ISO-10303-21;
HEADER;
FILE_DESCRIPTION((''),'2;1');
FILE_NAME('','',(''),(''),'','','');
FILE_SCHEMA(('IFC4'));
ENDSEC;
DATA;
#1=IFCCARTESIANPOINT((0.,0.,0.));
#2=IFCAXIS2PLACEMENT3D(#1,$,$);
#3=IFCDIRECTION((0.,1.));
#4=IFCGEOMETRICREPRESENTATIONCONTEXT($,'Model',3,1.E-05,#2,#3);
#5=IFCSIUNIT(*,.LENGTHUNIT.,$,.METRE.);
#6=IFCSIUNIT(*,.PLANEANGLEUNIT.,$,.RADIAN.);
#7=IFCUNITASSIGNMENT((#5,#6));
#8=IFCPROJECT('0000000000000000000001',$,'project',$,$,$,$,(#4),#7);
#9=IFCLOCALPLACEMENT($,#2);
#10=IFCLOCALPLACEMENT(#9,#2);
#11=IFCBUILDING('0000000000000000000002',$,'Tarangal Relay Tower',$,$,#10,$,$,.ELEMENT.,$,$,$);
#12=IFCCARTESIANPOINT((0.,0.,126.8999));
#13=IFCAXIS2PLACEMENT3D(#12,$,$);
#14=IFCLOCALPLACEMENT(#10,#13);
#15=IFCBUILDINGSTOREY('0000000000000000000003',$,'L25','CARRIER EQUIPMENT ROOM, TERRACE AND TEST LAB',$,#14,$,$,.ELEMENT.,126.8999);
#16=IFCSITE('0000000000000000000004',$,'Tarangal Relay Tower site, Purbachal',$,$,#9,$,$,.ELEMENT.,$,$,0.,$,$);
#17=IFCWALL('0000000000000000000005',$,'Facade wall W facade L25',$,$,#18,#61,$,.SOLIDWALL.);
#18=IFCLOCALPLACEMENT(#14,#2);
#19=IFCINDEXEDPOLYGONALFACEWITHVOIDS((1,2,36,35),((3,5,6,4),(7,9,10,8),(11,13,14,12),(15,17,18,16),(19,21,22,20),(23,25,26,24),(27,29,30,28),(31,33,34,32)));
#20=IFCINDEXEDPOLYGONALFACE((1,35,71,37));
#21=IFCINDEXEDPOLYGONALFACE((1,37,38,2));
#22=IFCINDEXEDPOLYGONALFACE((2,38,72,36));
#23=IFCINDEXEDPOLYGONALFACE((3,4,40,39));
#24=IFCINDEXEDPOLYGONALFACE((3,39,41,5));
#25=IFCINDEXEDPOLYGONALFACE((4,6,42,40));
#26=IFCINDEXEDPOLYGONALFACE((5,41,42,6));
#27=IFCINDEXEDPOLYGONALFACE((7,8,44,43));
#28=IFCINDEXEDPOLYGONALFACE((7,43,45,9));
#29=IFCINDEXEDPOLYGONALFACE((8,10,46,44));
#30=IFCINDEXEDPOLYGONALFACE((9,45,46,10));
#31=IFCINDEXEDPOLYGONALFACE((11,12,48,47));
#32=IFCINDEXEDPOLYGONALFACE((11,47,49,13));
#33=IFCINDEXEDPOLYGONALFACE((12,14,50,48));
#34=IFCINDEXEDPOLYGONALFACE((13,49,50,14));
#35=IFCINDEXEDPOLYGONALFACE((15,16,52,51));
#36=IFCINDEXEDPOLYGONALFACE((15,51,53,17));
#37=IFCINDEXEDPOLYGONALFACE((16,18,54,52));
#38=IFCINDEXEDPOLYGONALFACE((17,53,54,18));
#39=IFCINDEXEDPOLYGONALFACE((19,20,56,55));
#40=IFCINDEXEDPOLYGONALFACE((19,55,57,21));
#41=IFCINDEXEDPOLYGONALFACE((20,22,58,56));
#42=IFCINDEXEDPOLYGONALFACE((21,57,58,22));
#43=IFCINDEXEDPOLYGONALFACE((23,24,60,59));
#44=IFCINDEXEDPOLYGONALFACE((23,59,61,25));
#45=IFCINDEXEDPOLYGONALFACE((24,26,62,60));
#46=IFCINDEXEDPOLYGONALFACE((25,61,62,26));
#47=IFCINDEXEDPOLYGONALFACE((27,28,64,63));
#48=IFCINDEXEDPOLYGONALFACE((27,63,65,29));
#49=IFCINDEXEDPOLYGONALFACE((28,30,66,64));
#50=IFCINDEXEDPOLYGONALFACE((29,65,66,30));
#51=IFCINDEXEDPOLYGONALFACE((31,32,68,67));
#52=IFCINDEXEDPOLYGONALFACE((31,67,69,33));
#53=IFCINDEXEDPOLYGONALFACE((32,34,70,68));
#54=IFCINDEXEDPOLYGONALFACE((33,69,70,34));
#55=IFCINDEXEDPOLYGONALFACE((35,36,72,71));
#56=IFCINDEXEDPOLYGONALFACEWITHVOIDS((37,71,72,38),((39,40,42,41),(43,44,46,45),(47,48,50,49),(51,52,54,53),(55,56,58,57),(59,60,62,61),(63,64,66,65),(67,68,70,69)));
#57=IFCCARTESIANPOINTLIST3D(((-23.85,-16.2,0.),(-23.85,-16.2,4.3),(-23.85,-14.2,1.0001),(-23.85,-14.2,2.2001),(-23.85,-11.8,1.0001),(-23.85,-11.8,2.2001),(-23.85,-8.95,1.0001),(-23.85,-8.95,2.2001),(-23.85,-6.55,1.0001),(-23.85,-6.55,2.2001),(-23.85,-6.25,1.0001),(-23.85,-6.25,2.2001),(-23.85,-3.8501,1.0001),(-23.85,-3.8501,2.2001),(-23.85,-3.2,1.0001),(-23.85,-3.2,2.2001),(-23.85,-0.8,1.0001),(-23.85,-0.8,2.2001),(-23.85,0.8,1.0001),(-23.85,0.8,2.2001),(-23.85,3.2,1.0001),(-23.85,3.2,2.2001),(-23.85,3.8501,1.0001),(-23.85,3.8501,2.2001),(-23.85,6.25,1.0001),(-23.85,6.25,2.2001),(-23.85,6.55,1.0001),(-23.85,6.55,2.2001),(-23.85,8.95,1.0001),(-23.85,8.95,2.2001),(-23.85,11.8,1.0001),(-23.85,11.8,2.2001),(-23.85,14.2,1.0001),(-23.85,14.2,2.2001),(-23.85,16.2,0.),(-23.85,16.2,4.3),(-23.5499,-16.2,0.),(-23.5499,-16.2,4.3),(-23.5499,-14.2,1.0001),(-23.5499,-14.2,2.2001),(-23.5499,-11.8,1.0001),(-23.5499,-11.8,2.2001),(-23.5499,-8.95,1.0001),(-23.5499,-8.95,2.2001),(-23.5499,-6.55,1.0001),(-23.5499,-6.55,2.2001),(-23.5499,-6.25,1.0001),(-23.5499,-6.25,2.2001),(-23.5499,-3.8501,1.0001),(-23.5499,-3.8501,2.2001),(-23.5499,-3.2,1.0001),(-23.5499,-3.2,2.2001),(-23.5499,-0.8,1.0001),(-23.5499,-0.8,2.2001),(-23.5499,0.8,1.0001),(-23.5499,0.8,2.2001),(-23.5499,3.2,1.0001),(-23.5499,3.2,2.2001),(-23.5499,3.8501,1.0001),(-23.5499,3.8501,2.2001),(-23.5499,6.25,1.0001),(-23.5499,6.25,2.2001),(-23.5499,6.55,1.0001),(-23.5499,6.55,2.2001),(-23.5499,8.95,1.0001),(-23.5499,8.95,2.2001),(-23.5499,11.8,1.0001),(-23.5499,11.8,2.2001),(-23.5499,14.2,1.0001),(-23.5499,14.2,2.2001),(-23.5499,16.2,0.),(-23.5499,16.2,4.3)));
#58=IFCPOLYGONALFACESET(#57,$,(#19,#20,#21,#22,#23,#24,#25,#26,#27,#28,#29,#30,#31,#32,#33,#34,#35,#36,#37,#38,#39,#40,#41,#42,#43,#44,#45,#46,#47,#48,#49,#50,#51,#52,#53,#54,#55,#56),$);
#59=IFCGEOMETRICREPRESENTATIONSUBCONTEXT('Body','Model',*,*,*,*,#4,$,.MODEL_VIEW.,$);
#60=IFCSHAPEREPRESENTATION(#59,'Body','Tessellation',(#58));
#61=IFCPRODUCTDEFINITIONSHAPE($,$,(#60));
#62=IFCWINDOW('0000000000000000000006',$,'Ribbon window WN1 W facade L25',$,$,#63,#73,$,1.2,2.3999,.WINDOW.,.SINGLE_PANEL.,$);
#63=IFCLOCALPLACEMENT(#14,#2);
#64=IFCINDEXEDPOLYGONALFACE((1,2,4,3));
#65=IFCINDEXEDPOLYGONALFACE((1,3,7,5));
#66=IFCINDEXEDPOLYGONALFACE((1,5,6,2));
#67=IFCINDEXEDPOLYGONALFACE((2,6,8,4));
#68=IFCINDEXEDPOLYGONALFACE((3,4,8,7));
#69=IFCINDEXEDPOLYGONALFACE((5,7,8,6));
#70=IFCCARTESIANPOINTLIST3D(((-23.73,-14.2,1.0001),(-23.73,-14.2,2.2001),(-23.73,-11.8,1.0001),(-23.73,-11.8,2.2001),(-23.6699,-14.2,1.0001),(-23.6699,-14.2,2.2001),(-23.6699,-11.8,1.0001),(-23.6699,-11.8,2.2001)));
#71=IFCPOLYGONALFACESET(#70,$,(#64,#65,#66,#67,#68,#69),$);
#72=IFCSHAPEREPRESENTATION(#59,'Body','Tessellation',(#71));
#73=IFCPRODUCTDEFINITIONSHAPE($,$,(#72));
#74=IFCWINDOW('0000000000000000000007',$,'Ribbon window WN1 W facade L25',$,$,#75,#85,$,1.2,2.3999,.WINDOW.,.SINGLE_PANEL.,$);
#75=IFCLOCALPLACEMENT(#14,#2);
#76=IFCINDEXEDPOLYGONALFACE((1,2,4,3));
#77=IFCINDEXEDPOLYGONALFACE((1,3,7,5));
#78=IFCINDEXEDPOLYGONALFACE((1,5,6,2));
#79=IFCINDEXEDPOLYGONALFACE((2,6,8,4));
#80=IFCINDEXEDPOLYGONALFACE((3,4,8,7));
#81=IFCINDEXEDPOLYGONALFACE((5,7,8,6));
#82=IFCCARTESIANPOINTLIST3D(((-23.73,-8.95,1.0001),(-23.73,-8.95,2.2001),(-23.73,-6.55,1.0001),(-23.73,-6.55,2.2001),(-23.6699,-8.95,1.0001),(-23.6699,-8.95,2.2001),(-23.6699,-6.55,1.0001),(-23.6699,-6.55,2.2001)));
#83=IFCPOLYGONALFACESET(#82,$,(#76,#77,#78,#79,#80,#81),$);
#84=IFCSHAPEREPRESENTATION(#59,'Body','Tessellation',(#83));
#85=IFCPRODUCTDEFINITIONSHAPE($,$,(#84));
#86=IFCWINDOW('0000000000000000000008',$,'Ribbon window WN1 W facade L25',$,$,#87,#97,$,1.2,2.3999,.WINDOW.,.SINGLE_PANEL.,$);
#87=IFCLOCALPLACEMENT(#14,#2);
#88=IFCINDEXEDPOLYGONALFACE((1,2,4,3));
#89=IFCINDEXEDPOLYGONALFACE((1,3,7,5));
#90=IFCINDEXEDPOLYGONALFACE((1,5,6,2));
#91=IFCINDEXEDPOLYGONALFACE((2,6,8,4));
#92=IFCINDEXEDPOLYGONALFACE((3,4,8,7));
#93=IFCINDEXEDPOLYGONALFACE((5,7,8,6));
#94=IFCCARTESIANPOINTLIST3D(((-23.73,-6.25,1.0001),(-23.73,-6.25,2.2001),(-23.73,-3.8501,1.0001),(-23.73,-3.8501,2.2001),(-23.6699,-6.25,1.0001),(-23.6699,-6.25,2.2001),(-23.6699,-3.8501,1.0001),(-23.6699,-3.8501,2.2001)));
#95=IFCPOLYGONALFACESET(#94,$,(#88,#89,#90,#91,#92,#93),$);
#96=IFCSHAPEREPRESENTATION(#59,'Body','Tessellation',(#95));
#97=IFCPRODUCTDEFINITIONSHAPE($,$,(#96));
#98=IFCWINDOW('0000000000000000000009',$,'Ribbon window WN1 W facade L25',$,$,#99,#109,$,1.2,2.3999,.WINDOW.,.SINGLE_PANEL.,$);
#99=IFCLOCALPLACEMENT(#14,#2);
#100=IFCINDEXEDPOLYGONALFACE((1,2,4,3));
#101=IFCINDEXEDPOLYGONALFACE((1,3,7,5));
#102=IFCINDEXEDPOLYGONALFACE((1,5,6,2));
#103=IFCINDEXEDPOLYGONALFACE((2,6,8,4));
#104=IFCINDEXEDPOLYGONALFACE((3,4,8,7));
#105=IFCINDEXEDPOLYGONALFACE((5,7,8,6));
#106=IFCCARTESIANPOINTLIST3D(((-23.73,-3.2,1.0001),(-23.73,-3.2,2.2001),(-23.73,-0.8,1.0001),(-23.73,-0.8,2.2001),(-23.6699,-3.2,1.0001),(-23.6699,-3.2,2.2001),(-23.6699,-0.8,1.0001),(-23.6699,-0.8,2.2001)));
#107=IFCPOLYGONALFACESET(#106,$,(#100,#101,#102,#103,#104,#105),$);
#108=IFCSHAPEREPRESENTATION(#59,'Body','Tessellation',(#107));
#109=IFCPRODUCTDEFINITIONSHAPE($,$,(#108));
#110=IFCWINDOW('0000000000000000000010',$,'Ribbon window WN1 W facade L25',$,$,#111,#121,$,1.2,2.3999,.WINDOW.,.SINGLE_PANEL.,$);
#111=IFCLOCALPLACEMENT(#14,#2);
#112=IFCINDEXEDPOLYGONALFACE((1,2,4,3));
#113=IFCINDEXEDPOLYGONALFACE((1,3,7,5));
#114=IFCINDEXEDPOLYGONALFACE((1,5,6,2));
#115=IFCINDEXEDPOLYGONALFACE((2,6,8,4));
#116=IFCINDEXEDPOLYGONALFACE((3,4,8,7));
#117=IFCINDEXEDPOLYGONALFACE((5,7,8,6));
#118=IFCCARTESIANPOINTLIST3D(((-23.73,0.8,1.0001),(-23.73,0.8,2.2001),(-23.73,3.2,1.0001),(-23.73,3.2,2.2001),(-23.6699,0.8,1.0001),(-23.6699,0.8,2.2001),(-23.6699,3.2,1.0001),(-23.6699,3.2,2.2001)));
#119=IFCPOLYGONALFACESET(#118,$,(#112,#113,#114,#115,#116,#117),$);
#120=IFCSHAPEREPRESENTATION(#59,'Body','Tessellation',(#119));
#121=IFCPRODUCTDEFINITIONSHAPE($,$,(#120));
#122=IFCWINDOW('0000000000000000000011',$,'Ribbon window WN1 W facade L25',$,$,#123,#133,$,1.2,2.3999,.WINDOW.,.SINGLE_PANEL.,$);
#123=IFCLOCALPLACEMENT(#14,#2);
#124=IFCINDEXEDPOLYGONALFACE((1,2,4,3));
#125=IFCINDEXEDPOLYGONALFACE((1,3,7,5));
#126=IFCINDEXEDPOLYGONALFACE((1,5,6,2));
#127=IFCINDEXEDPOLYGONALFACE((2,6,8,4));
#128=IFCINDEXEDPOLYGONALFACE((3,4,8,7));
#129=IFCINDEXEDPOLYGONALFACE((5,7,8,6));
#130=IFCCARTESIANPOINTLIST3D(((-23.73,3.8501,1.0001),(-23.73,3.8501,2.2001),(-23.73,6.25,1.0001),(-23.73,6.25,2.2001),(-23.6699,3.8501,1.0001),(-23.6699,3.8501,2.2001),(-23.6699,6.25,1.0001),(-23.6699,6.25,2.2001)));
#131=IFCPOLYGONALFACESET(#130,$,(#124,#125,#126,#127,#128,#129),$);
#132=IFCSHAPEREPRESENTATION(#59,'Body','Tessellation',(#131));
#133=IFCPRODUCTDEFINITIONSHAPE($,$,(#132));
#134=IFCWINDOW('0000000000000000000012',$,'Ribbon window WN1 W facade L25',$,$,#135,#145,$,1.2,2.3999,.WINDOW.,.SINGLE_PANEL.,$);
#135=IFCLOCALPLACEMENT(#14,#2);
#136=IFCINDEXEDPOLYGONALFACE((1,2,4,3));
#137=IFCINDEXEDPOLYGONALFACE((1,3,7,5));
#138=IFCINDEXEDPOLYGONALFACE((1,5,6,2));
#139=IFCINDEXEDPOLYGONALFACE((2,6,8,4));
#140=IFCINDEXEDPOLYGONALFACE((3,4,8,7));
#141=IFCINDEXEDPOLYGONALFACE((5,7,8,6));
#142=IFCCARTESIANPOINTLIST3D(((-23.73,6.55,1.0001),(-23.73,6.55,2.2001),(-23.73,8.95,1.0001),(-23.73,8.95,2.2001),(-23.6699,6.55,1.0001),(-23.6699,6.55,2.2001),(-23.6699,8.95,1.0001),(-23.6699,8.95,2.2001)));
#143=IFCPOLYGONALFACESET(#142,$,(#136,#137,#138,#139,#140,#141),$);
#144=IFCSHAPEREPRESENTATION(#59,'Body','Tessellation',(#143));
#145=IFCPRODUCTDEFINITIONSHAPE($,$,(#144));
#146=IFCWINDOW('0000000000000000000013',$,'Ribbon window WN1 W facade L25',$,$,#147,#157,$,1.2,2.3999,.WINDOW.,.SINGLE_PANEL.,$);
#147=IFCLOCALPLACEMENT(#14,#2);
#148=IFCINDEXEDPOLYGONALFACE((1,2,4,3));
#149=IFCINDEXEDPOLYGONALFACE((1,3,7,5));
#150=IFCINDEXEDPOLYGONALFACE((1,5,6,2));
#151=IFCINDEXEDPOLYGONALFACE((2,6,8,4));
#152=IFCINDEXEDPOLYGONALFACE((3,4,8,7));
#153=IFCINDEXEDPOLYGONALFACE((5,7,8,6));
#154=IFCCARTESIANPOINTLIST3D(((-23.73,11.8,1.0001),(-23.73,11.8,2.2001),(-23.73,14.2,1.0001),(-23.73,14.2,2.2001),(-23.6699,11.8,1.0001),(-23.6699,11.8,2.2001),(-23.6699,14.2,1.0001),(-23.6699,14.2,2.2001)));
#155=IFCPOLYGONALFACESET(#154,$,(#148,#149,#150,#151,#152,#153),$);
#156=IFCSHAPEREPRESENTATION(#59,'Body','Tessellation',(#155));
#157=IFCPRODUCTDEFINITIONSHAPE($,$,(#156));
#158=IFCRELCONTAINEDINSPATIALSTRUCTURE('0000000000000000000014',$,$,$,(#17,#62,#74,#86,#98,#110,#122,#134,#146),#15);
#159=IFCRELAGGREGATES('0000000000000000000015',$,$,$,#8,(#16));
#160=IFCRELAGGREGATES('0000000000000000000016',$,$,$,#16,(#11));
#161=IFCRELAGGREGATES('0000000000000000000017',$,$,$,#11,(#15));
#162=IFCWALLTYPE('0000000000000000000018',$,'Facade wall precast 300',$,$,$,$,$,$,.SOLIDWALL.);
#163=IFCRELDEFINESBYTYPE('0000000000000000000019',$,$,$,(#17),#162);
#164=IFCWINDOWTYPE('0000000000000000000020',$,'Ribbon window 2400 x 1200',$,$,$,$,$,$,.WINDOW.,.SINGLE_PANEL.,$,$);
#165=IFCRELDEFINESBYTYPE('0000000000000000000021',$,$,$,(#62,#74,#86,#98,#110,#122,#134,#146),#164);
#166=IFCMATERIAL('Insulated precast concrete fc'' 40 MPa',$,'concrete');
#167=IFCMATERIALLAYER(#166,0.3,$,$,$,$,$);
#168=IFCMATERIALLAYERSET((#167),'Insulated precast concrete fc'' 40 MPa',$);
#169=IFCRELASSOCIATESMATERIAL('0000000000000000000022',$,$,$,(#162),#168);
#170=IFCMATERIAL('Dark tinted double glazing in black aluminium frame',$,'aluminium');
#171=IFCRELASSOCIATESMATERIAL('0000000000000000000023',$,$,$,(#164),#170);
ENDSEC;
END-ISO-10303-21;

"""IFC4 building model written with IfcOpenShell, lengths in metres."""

from ifc_helpers import new_model, si_unit, direction, frame, frame_2d, origin, place, context, subcontext, project, spatial, rectangle, extrude, material, layer, layer_set, type_object, element, fill, save


model = new_model("IFC4")

# Units and contexts
model_context = context("Model", 3, precision=1e-05, world=origin(), true_north=direction((0.0, 1.0)))
body_context = subcontext(model_context, "Body", "Model", "MODEL_VIEW")
ifc_project = project(units=[si_unit("LENGTHUNIT", "METRE"), si_unit("PLANEANGLEUNIT", "RADIAN")], contexts=[model_context])

# Site, building, storey
site_placement = place(None, origin())
site = spatial("IfcSite", under=ifc_project, at=site_placement, Name="Tarangal Relay Tower site, Purbachal", CompositionType="ELEMENT", RefElevation=0.0)
building_placement = place(site_placement, origin())
building = spatial("IfcBuilding", under=site, at=building_placement, Name="Tarangal Relay Tower", CompositionType="ELEMENT")
storey_placement = place(building_placement, frame((0.0, 0.0, 126.8999)))
storey = spatial("IfcBuildingStorey", under=building, at=storey_placement, Name="L25", Description="CARRIER EQUIPMENT ROOM, TERRACE AND TEST LAB", CompositionType="ELEMENT", Elevation=126.8999)

# Shared definitions
ifc_material_1 = material(Name="Insulated precast concrete fc' 40 MPa", Category="concrete")
ifc_layer = layer(ifc_material_1, 0.3)
ifc_layer_set = layer_set([ifc_layer], Name="Insulated precast concrete fc' 40 MPa")
wall_type = type_object("IfcWallType", Name="Facade wall precast 300", PredefinedType="SOLIDWALL", material=ifc_layer_set)

# Wall, openings, windows
wall_placement = place(storey_placement, frame((-23.7, -16.2, 0.0), z_axis=(0.0, 0.0, 1.0), x_axis=(0.0, 1.0, 0.0)))
wall = element("IfcWall", 1, at=wall_placement, inside=storey, type_object=wall_type, Name="Facade wall W facade L25", PredefinedType="SOLIDWALL", context=body_context, shape_type="SweptSolid", body=[
    extrude(rectangle(XDim=32.3999, YDim=0.3, at=frame_2d((16.2, 0.0))), origin(), (0.0, 0.0, 1.0), 4.3),
])
opening_1_placement = place(wall_placement, frame((2.0, 0.0, 1.0)))
opening_1 = element("IfcOpeningElement", 2, at=opening_1_placement, cuts=wall, PredefinedType="OPENING", context=body_context, shape_type="SweptSolid", body=[
    extrude(rectangle(XDim=2.3999, YDim=1.2, at=frame_2d((1.2, 0.6001))), frame((0.0, 0.1599, 0.0), z_axis=(0.0, -1.0, 0.0), x_axis=(1.0, 0.0, 0.0)), (0.0, 0.0, 1.0), 0.3201),
])
opening_2_placement = place(wall_placement, frame((7.25, 0.0, 1.0)))
opening_2 = element("IfcOpeningElement", 3, at=opening_2_placement, cuts=wall, PredefinedType="OPENING", context=body_context, shape_type="SweptSolid", body=[
    extrude(rectangle(XDim=2.3999, YDim=1.2, at=frame_2d((1.2, 0.6001))), frame((0.0, 0.1599, 0.0), z_axis=(0.0, -1.0, 0.0), x_axis=(1.0, 0.0, 0.0)), (0.0, 0.0, 1.0), 0.3201),
])
opening_3_placement = place(wall_placement, frame((9.95, 0.0, 1.0)))
opening_3 = element("IfcOpeningElement", 4, at=opening_3_placement, cuts=wall, PredefinedType="OPENING", context=body_context, shape_type="SweptSolid", body=[
    extrude(rectangle(XDim=2.3999, YDim=1.2, at=frame_2d((1.2, 0.6001))), frame((0.0, 0.1599, 0.0), z_axis=(0.0, -1.0, 0.0), x_axis=(1.0, 0.0, 0.0)), (0.0, 0.0, 1.0), 0.3201),
])
opening_4_placement = place(wall_placement, frame((13.0, 0.0, 1.0)))
opening_4 = element("IfcOpeningElement", 5, at=opening_4_placement, cuts=wall, PredefinedType="OPENING", context=body_context, shape_type="SweptSolid", body=[
    extrude(rectangle(XDim=2.3999, YDim=1.2, at=frame_2d((1.2, 0.6001))), frame((0.0, 0.1599, 0.0), z_axis=(0.0, -1.0, 0.0), x_axis=(1.0, 0.0, 0.0)), (0.0, 0.0, 1.0), 0.3201),
])
opening_5_placement = place(wall_placement, frame((17.0, 0.0, 1.0)))
opening_5 = element("IfcOpeningElement", 6, at=opening_5_placement, cuts=wall, PredefinedType="OPENING", context=body_context, shape_type="SweptSolid", body=[
    extrude(rectangle(XDim=2.3999, YDim=1.2, at=frame_2d((1.2, 0.6001))), frame((0.0, 0.1599, 0.0), z_axis=(0.0, -1.0, 0.0), x_axis=(1.0, 0.0, 0.0)), (0.0, 0.0, 1.0), 0.3201),
])
opening_6_placement = place(wall_placement, frame((20.05, 0.0, 1.0)))
opening_6 = element("IfcOpeningElement", 7, at=opening_6_placement, cuts=wall, PredefinedType="OPENING", context=body_context, shape_type="SweptSolid", body=[
    extrude(rectangle(XDim=2.3999, YDim=1.2, at=frame_2d((1.2, 0.6001))), frame((0.0, 0.1599, 0.0), z_axis=(0.0, -1.0, 0.0), x_axis=(1.0, 0.0, 0.0)), (0.0, 0.0, 1.0), 0.3201),
])
opening_7_placement = place(wall_placement, frame((22.75, 0.0, 1.0)))
opening_7 = element("IfcOpeningElement", 8, at=opening_7_placement, cuts=wall, PredefinedType="OPENING", context=body_context, shape_type="SweptSolid", body=[
    extrude(rectangle(XDim=2.3999, YDim=1.2, at=frame_2d((1.2, 0.6001))), frame((0.0, 0.1599, 0.0), z_axis=(0.0, -1.0, 0.0), x_axis=(1.0, 0.0, 0.0)), (0.0, 0.0, 1.0), 0.3201),
])
opening_8_placement = place(wall_placement, frame((28.0, 0.0, 1.0)))
opening_8 = element("IfcOpeningElement", 9, at=opening_8_placement, cuts=wall, PredefinedType="OPENING", context=body_context, shape_type="SweptSolid", body=[
    extrude(rectangle(XDim=2.3999, YDim=1.2, at=frame_2d((1.2, 0.6001))), frame((0.0, 0.1599, 0.0), z_axis=(0.0, -1.0, 0.0), x_axis=(1.0, 0.0, 0.0)), (0.0, 0.0, 1.0), 0.3201),
])
ifc_material_2 = material(Name="Dark tinted double glazing in black aluminium frame", Category="aluminium")
window_type = type_object("IfcWindowType", Name="Ribbon window 2400 x 1200", PartitioningType="SINGLE_PANEL", PredefinedType="WINDOW", material=ifc_material_2)
window_1_placement = place(opening_1_placement, origin())
window_1 = element("IfcWindow", 10, at=window_1_placement, inside=storey, type_object=window_type, Name="Ribbon window WN1 W facade L25", OverallHeight=1.2, OverallWidth=2.3999, PartitioningType="SINGLE_PANEL", PredefinedType="WINDOW", context=body_context, shape_type="SweptSolid", body=[
    extrude(rectangle(XDim=2.3999, YDim=1.2, at=frame_2d((1.2, 0.6001))), frame((0.0, 0.03, 0.0), z_axis=(0.0, -1.0, 0.0), x_axis=(1.0, 0.0, 0.0)), (0.0, 0.0, 1.0), 0.0601),
])
fill(opening_1, window_1)
window_2_placement = place(opening_2_placement, origin())
window_2 = element("IfcWindow", 11, at=window_2_placement, inside=storey, type_object=window_type, Name="Ribbon window WN1 W facade L25", OverallHeight=1.2, OverallWidth=2.3999, PartitioningType="SINGLE_PANEL", PredefinedType="WINDOW", context=body_context, shape_type="SweptSolid", body=[
    extrude(rectangle(XDim=2.3999, YDim=1.2, at=frame_2d((1.2, 0.6001))), frame((0.0, 0.03, 0.0), z_axis=(0.0, -1.0, 0.0), x_axis=(1.0, 0.0, 0.0)), (0.0, 0.0, 1.0), 0.0601),
])
fill(opening_2, window_2)
window_3_placement = place(opening_3_placement, origin())
window_3 = element("IfcWindow", 12, at=window_3_placement, inside=storey, type_object=window_type, Name="Ribbon window WN1 W facade L25", OverallHeight=1.2, OverallWidth=2.3999, PartitioningType="SINGLE_PANEL", PredefinedType="WINDOW", context=body_context, shape_type="SweptSolid", body=[
    extrude(rectangle(XDim=2.3999, YDim=1.2, at=frame_2d((1.2, 0.6001))), frame((0.0, 0.03, 0.0), z_axis=(0.0, -1.0, 0.0), x_axis=(1.0, 0.0, 0.0)), (0.0, 0.0, 1.0), 0.0601),
])
fill(opening_3, window_3)
window_4_placement = place(opening_4_placement, origin())
window_4 = element("IfcWindow", 13, at=window_4_placement, inside=storey, type_object=window_type, Name="Ribbon window WN1 W facade L25", OverallHeight=1.2, OverallWidth=2.3999, PartitioningType="SINGLE_PANEL", PredefinedType="WINDOW", context=body_context, shape_type="SweptSolid", body=[
    extrude(rectangle(XDim=2.3999, YDim=1.2, at=frame_2d((1.2, 0.6001))), frame((0.0, 0.03, 0.0), z_axis=(0.0, -1.0, 0.0), x_axis=(1.0, 0.0, 0.0)), (0.0, 0.0, 1.0), 0.0601),
])
fill(opening_4, window_4)
window_5_placement = place(opening_5_placement, origin())
window_5 = element("IfcWindow", 14, at=window_5_placement, inside=storey, type_object=window_type, Name="Ribbon window WN1 W facade L25", OverallHeight=1.2, OverallWidth=2.3999, PartitioningType="SINGLE_PANEL", PredefinedType="WINDOW", context=body_context, shape_type="SweptSolid", body=[
    extrude(rectangle(XDim=2.3999, YDim=1.2, at=frame_2d((1.2, 0.6001))), frame((0.0, 0.03, 0.0), z_axis=(0.0, -1.0, 0.0), x_axis=(1.0, 0.0, 0.0)), (0.0, 0.0, 1.0), 0.0601),
])
fill(opening_5, window_5)
window_6_placement = place(opening_6_placement, origin())
window_6 = element("IfcWindow", 15, at=window_6_placement, inside=storey, type_object=window_type, Name="Ribbon window WN1 W facade L25", OverallHeight=1.2, OverallWidth=2.3999, PartitioningType="SINGLE_PANEL", PredefinedType="WINDOW", context=body_context, shape_type="SweptSolid", body=[
    extrude(rectangle(XDim=2.3999, YDim=1.2, at=frame_2d((1.2, 0.6001))), frame((0.0, 0.03, 0.0), z_axis=(0.0, -1.0, 0.0), x_axis=(1.0, 0.0, 0.0)), (0.0, 0.0, 1.0), 0.0601),
])
fill(opening_6, window_6)
window_7_placement = place(opening_7_placement, origin())
window_7 = element("IfcWindow", 16, at=window_7_placement, inside=storey, type_object=window_type, Name="Ribbon window WN1 W facade L25", OverallHeight=1.2, OverallWidth=2.3999, PartitioningType="SINGLE_PANEL", PredefinedType="WINDOW", context=body_context, shape_type="SweptSolid", body=[
    extrude(rectangle(XDim=2.3999, YDim=1.2, at=frame_2d((1.2, 0.6001))), frame((0.0, 0.03, 0.0), z_axis=(0.0, -1.0, 0.0), x_axis=(1.0, 0.0, 0.0)), (0.0, 0.0, 1.0), 0.0601),
])
fill(opening_7, window_7)
window_8_placement = place(opening_8_placement, origin())
window_8 = element("IfcWindow", 17, at=window_8_placement, inside=storey, type_object=window_type, Name="Ribbon window WN1 W facade L25", OverallHeight=1.2, OverallWidth=2.3999, PartitioningType="SINGLE_PANEL", PredefinedType="WINDOW", context=body_context, shape_type="SweptSolid", body=[
    extrude(rectangle(XDim=2.3999, YDim=1.2, at=frame_2d((1.2, 0.6001))), frame((0.0, 0.03, 0.0), z_axis=(0.0, -1.0, 0.0), x_axis=(1.0, 0.0, 0.0)), (0.0, 0.0, 1.0), 0.0601),
])
fill(opening_8, window_8)

save(model, "model.ifc")
